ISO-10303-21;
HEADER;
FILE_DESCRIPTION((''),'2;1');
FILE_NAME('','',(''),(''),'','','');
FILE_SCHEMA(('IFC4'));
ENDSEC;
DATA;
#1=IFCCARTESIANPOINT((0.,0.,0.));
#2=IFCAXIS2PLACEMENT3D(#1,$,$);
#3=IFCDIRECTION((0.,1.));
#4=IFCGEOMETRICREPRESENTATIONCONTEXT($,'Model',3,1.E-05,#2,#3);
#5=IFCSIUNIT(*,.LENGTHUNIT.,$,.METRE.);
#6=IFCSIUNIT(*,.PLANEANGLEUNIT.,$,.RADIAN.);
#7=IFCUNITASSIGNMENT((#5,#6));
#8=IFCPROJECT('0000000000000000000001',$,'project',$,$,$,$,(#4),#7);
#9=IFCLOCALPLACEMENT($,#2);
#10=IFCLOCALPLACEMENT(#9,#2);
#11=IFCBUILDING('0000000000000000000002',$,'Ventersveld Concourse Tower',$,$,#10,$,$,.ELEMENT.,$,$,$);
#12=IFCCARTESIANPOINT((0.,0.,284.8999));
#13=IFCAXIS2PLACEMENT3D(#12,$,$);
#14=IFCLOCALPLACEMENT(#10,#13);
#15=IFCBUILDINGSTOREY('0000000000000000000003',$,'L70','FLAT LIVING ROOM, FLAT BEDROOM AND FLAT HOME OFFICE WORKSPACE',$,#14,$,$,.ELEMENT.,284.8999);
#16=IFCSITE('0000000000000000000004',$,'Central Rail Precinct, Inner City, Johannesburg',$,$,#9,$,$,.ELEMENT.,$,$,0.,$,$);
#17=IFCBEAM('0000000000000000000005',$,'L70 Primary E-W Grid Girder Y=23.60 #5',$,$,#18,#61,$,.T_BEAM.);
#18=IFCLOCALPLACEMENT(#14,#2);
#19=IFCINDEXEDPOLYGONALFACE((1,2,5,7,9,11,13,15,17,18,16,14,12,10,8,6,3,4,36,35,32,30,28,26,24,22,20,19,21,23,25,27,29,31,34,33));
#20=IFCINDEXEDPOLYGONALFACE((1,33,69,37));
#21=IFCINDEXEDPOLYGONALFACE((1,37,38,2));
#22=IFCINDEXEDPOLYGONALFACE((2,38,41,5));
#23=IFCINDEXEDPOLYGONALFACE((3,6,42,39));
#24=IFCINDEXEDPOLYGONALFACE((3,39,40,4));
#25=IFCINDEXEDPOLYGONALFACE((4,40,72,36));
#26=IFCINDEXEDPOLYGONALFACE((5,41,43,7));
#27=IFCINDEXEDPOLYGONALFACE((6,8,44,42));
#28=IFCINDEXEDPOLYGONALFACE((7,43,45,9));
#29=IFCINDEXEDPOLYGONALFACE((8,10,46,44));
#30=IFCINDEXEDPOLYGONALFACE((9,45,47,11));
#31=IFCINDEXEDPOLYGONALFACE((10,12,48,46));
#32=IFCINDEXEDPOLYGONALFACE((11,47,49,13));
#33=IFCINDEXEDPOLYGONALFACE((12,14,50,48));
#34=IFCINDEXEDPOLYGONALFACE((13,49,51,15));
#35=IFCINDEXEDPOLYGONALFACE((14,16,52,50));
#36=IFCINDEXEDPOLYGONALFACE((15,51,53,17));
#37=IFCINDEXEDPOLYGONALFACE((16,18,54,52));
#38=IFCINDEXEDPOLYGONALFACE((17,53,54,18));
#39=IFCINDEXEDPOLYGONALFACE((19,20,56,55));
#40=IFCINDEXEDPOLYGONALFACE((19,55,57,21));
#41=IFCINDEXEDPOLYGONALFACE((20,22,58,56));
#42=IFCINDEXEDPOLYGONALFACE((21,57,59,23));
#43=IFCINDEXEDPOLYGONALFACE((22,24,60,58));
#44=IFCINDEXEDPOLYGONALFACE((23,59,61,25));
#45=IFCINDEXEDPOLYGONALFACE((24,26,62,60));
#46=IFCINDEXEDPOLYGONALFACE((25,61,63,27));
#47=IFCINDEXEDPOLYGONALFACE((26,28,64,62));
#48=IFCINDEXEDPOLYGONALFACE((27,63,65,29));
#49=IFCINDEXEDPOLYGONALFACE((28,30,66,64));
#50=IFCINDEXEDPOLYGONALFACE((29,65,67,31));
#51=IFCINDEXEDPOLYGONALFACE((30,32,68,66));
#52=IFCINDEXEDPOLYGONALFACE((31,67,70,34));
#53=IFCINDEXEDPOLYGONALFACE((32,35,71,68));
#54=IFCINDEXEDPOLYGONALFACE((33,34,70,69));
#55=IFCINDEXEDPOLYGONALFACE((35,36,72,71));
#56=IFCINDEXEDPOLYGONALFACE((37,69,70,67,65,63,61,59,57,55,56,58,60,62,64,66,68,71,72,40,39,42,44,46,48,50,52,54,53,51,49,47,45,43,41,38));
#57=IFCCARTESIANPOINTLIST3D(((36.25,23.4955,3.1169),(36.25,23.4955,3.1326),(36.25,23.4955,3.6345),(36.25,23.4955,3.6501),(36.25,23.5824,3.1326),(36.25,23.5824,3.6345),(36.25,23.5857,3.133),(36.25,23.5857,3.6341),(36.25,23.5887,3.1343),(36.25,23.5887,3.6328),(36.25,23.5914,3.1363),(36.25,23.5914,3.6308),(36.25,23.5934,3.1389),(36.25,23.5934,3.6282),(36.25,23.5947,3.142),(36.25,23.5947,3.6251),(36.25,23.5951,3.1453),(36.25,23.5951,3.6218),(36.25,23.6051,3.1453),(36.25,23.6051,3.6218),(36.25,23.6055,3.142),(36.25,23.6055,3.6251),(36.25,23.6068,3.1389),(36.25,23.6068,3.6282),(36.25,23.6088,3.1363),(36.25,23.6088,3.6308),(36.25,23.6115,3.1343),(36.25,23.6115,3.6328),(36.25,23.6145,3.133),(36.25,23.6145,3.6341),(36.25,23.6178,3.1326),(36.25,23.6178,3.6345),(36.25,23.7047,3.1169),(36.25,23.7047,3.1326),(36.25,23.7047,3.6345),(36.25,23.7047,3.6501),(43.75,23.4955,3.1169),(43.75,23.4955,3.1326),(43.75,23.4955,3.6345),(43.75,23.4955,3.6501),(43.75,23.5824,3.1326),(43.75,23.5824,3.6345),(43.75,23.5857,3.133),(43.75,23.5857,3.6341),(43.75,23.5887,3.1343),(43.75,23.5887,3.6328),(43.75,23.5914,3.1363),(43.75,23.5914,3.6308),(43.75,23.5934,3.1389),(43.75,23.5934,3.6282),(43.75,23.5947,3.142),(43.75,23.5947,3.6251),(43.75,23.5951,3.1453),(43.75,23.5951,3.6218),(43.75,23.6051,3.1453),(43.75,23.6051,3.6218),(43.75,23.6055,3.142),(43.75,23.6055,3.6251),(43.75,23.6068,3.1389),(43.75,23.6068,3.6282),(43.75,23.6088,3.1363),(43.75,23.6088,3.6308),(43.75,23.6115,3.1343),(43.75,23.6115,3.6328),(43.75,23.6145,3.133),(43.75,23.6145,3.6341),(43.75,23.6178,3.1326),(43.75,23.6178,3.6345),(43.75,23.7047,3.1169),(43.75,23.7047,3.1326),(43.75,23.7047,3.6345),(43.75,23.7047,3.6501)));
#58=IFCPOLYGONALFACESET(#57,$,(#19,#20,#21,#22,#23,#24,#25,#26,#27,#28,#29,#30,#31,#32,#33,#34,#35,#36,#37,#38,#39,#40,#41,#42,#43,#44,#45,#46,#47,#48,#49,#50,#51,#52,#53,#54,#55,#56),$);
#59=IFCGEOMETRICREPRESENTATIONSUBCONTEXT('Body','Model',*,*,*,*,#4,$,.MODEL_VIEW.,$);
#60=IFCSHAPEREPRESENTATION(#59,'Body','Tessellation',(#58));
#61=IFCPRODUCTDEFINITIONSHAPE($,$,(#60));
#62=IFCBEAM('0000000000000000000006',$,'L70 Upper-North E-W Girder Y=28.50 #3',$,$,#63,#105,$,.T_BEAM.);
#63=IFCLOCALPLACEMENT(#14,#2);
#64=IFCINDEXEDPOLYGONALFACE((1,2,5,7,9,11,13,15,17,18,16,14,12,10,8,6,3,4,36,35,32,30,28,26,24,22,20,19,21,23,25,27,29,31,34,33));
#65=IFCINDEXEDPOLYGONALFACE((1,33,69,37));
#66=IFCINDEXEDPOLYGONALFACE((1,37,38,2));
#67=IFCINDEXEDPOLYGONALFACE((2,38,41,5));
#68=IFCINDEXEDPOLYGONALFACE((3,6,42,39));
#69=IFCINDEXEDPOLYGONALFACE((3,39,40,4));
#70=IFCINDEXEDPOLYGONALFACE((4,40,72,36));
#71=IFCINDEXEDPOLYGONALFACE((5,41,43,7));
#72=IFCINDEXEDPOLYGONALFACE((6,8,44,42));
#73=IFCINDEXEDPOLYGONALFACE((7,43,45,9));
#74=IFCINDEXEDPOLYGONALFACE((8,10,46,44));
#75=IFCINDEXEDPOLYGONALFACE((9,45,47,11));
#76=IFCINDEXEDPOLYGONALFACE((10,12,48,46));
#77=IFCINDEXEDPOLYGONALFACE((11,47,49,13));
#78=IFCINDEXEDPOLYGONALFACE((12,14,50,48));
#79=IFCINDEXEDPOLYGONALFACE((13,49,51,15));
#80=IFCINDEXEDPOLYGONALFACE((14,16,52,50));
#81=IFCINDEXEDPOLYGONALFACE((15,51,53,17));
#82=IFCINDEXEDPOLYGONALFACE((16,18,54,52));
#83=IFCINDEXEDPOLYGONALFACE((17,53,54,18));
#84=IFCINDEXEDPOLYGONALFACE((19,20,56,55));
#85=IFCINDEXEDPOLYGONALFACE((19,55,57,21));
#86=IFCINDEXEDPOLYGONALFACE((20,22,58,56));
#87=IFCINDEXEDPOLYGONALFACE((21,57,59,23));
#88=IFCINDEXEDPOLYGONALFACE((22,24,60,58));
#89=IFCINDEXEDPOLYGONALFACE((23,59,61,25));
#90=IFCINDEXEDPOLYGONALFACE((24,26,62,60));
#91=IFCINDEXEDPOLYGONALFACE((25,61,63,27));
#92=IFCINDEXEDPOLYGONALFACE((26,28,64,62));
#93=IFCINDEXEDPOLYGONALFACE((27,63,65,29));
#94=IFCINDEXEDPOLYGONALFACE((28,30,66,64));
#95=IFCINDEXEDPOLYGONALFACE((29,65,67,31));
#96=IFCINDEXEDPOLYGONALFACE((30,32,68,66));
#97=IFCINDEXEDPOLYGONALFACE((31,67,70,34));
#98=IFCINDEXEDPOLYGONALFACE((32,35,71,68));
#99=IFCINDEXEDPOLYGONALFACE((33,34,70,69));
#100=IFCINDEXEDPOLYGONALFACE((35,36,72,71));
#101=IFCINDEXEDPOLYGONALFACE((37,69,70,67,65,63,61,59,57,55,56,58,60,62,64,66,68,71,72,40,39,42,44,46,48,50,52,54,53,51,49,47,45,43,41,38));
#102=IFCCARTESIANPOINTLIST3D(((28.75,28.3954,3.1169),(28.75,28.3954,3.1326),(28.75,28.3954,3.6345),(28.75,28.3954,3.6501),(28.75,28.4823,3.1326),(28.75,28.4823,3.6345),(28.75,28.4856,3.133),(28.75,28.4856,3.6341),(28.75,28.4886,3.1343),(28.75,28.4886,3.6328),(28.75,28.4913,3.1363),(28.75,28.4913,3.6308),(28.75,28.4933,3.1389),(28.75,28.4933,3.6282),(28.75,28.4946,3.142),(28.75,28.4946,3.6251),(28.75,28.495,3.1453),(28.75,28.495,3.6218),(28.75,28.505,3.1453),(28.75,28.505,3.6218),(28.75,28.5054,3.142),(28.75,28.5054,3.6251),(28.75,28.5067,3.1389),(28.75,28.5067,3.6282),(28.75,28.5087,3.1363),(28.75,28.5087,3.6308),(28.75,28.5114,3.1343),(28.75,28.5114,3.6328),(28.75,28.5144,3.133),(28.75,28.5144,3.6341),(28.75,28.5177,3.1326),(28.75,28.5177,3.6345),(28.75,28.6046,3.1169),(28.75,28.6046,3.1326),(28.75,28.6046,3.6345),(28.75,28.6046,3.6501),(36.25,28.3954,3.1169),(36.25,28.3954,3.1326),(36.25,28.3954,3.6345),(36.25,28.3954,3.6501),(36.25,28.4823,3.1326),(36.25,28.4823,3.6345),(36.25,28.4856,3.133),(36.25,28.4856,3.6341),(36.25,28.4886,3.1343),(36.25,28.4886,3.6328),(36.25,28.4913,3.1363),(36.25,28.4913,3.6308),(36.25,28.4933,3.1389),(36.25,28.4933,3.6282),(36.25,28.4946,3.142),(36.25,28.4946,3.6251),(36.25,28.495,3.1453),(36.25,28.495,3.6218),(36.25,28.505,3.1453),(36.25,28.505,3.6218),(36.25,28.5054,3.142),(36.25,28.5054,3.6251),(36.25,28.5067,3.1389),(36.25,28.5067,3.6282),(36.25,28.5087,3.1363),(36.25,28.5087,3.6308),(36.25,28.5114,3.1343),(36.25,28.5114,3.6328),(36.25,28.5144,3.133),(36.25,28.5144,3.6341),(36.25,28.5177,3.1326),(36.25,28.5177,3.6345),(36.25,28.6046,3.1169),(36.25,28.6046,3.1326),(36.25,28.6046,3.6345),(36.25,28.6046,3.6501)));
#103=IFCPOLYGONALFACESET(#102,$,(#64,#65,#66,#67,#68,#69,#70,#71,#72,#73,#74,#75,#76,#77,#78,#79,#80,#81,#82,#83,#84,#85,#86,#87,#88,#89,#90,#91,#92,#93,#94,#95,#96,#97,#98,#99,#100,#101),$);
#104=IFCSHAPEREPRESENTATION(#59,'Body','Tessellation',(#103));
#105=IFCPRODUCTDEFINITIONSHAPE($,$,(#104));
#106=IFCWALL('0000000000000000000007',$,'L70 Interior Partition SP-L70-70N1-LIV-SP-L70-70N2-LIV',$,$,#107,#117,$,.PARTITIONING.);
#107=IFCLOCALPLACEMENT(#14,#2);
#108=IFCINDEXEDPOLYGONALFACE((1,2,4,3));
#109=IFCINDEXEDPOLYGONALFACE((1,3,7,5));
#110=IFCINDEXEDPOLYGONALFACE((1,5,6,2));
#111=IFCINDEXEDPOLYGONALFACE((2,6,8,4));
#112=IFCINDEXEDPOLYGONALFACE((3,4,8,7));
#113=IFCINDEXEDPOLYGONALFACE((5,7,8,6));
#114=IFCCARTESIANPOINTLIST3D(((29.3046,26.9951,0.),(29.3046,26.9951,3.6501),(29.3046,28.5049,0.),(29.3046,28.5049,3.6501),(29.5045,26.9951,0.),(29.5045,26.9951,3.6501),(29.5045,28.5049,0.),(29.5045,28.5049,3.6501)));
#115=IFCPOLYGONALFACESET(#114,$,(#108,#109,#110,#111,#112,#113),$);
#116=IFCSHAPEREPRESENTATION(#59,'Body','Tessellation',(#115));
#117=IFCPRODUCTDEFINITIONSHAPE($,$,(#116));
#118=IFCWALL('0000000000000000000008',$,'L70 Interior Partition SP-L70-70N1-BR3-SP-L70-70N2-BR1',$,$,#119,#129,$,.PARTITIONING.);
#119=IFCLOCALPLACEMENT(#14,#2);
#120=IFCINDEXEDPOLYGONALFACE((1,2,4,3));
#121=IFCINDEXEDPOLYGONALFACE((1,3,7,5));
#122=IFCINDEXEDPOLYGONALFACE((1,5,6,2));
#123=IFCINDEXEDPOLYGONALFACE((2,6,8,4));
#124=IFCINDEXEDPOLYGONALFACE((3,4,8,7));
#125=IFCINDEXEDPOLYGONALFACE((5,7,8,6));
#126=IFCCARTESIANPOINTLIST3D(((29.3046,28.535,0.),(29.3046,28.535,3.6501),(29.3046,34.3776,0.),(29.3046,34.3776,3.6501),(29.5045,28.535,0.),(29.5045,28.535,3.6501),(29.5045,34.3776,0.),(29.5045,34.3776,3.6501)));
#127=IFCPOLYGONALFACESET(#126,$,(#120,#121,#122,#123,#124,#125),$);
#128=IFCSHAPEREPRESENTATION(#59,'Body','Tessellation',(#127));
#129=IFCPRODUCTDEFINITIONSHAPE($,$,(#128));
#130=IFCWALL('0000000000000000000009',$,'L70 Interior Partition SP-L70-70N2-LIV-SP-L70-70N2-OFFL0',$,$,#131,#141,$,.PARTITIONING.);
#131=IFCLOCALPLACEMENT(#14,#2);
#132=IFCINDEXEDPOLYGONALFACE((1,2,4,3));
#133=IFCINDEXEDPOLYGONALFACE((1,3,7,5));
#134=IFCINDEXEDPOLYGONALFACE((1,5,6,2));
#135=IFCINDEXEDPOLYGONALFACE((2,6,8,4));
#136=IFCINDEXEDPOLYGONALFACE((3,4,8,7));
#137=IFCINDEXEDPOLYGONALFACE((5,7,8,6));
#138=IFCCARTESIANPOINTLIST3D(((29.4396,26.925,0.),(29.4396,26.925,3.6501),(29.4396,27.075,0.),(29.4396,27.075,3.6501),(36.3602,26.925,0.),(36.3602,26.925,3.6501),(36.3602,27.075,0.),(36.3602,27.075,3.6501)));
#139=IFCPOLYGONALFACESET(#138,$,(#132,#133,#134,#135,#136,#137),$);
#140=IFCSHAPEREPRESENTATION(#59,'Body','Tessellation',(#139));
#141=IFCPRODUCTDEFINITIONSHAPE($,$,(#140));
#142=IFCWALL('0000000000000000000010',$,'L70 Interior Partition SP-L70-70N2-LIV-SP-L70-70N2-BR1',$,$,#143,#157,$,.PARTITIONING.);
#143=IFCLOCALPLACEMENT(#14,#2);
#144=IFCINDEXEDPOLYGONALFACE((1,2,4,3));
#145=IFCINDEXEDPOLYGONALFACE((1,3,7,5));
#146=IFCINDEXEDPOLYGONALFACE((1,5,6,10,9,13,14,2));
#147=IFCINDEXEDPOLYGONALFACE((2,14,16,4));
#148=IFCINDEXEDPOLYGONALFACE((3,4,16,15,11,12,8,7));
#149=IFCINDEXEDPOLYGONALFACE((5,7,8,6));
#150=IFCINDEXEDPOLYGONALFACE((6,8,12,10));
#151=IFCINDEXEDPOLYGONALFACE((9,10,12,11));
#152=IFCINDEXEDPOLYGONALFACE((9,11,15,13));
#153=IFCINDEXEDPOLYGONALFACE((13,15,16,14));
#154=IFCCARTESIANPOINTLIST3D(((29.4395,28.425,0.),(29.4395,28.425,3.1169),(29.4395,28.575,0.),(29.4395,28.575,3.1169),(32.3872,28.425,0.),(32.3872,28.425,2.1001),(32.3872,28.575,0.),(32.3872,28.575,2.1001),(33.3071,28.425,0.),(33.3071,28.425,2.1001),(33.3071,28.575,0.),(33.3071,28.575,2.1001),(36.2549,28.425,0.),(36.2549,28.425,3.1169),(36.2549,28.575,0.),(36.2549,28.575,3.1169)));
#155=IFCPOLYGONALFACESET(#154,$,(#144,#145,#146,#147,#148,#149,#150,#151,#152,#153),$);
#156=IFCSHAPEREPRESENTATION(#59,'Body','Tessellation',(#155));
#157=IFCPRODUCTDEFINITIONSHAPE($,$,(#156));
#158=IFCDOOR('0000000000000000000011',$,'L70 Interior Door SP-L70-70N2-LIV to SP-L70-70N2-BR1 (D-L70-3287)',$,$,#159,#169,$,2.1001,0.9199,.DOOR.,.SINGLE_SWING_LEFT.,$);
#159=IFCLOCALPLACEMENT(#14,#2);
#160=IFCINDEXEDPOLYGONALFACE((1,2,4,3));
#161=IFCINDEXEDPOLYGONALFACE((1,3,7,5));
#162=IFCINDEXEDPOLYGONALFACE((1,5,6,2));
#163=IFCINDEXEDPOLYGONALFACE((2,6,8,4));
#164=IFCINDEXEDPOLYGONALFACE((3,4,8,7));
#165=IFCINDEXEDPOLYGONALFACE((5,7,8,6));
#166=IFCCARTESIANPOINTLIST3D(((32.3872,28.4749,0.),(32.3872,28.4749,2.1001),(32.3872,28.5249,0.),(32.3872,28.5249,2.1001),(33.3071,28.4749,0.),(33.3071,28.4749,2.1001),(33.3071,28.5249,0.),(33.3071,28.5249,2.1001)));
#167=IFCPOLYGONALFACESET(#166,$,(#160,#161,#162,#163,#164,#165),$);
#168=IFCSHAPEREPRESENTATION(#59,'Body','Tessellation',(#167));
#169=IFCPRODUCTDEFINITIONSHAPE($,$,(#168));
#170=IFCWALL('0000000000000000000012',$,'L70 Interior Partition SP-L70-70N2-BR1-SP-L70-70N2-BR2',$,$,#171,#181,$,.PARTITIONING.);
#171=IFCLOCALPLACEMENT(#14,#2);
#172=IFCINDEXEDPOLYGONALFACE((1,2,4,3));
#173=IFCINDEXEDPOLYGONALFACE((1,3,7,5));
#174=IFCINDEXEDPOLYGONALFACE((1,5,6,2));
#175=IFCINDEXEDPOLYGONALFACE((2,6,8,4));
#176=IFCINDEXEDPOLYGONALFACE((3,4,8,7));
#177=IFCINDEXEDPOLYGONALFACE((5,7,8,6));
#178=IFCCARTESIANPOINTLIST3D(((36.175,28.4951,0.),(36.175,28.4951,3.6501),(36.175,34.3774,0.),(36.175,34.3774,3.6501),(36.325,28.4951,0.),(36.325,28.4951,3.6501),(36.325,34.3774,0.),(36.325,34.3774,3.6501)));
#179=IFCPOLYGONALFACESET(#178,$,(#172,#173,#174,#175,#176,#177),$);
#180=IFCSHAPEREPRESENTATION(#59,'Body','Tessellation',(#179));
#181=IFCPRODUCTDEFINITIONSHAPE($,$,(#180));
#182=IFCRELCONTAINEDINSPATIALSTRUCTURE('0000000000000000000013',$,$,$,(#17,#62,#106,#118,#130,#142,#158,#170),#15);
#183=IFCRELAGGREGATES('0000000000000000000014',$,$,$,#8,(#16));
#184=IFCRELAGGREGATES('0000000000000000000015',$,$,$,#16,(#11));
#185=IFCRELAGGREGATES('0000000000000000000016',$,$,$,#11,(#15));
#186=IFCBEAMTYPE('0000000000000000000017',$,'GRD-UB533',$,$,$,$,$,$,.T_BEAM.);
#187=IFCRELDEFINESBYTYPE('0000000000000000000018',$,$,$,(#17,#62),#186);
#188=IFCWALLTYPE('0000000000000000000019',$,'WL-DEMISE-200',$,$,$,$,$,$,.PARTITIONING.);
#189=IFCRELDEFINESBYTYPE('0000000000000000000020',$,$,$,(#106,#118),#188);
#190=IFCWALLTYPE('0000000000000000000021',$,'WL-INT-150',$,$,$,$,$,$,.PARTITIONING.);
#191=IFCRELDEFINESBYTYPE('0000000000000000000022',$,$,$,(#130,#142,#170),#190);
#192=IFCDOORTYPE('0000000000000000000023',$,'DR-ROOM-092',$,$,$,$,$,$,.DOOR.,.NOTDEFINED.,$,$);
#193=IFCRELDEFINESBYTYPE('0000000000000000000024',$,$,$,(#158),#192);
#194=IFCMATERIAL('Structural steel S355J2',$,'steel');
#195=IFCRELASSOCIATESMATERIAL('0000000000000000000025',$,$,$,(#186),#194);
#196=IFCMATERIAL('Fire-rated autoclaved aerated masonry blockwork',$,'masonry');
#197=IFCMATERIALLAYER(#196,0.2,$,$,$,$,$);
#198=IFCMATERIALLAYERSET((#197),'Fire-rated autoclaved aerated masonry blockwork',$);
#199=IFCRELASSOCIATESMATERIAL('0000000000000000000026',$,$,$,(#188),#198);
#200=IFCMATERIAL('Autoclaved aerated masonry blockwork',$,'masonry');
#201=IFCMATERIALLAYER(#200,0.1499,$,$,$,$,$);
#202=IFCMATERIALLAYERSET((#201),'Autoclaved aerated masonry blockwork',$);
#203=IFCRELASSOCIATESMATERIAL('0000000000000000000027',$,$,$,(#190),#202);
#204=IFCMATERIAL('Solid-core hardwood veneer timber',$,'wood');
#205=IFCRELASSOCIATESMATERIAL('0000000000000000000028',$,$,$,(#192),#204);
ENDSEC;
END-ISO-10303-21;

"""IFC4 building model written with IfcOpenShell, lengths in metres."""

from ifc_helpers import new_model, si_unit, direction, frame, frame_2d, origin, origin_2d, place, context, subcontext, project, spatial, rectangle, i_section, extrude, material, layer, layer_set, material_profile, profile_set, type_object, element, fill, save


model = new_model("IFC4")

# Units and contexts
model_context = context("Model", 3, precision=1e-05, world=origin(), true_north=direction((0.0, 1.0)))
body_context = subcontext(model_context, "Body", "Model", "MODEL_VIEW")
ifc_project = project(units=[si_unit("LENGTHUNIT", "METRE"), si_unit("PLANEANGLEUNIT", "RADIAN")], contexts=[model_context])

# Site, building, storey
site_placement = place(None, origin())
site = spatial("IfcSite", under=ifc_project, at=site_placement, Name="Central Rail Precinct, Inner City, Johannesburg", CompositionType="ELEMENT", RefElevation=0.0)
building_placement = place(site_placement, origin())
building = spatial("IfcBuilding", under=site, at=building_placement, Name="Ventersveld Concourse Tower", CompositionType="ELEMENT")
storey_placement = place(building_placement, frame((0.0, 0.0, 284.8999)))
storey = spatial("IfcBuildingStorey", under=building, at=storey_placement, Name="L70", Description="FLAT LIVING ROOM, FLAT BEDROOM AND FLAT HOME OFFICE WORKSPACE", CompositionType="ELEMENT", Elevation=284.8999)

# Beams
ifc_material_1 = material(Name="Structural steel S355J2", Category="steel")
ifc_material_profile_1 = material_profile(ifc_material_1, i_section(OverallWidth=0.2092, OverallDepth=0.5332, WebThickness=0.01, FlangeThickness=0.0156, FilletRadius=0.0127, at=origin_2d()), Name="UB 533x210x92")
ifc_profile_set_1 = profile_set([ifc_material_profile_1], Name="Structural steel S355J2")
beam_type_1 = type_object("IfcBeamType", Name="GRD-UB533", PredefinedType="T_BEAM", material=ifc_profile_set_1)
for number, where, z_axis, x_axis, name in (
    (1, (36.25, 23.6001, 3.3835), (1.0, 0.0, 0.0), (0.0, 1.0, 0.0), "L70 Primary E-W Grid Girder Y=23.60 #5"),
    (2, (28.75, 28.5, 3.3835), (1.0, 0.0, 0.0), (0.0, 1.0, 0.0), "L70 Upper-North E-W Girder Y=28.50 #3"),
):
    element("IfcBeam", number, at=place(storey_placement, frame(where, z_axis=z_axis, x_axis=x_axis)), inside=storey, type_object=beam_type_1, Name=name, PredefinedType="T_BEAM", context=body_context, shape_type="SweptSolid", body=[
        extrude(i_section(OverallWidth=0.2092, OverallDepth=0.5332, WebThickness=0.01, FlangeThickness=0.0156, FilletRadius=0.0127, at=origin_2d()), origin(), (0.0, 0.0, 1.0), 7.5),
    ])

# Walls
ifc_material_2 = material(Name="Fire-rated autoclaved aerated masonry blockwork", Category="masonry")
ifc_layer_1 = layer(ifc_material_2, 0.2)
ifc_layer_set_1 = layer_set([ifc_layer_1], Name="Fire-rated autoclaved aerated masonry blockwork")
wall_type_1 = type_object("IfcWallType", Name="WL-DEMISE-200", PredefinedType="PARTITIONING", material=ifc_layer_set_1)
wall_1_placement = place(storey_placement, frame((29.4045, 26.9951, 0.0), z_axis=(0.0, 0.0, 1.0), x_axis=(0.0, 1.0, 0.0)))
element("IfcWall", 3, at=wall_1_placement, inside=storey, type_object=wall_type_1, Name="L70 Interior Partition SP-L70-70N1-LIV-SP-L70-70N2-LIV", PredefinedType="PARTITIONING", context=body_context, shape_type="SweptSolid", body=[
    extrude(rectangle(XDim=1.5098, YDim=0.2, at=frame_2d((0.7549, 0.0))), origin(), (0.0, 0.0, 1.0), 3.6501),
])
wall_2_placement = place(storey_placement, frame((29.4045, 28.5349, 0.0), z_axis=(0.0, 0.0, 1.0), x_axis=(0.0, 1.0, 0.0)))
element("IfcWall", 4, at=wall_2_placement, inside=storey, type_object=wall_type_1, Name="L70 Interior Partition SP-L70-70N1-BR3-SP-L70-70N2-BR1", PredefinedType="PARTITIONING", context=body_context, shape_type="SweptSolid", body=[
    extrude(rectangle(XDim=5.8425, YDim=0.2, at=frame_2d((2.9214, 0.0))), origin(), (0.0, 0.0, 1.0), 3.6501),
])
ifc_material_3 = material(Name="Autoclaved aerated masonry blockwork", Category="masonry")
ifc_layer_2 = layer(ifc_material_3, 0.1499)
ifc_layer_set_2 = layer_set([ifc_layer_2], Name="Autoclaved aerated masonry blockwork")
wall_type_2 = type_object("IfcWallType", Name="WL-INT-150", PredefinedType="PARTITIONING", material=ifc_layer_set_2)
wall_3_placement = place(storey_placement, frame((29.4395, 27.0, 0.0), z_axis=(0.0, 0.0, 1.0), x_axis=(1.0, 0.0, 0.0)))
element("IfcWall", 5, at=wall_3_placement, inside=storey, type_object=wall_type_2, Name="L70 Interior Partition SP-L70-70N2-LIV-SP-L70-70N2-OFFL0", PredefinedType="PARTITIONING", context=body_context, shape_type="SweptSolid", body=[
    extrude(rectangle(XDim=6.9207, YDim=0.1499, at=frame_2d((3.4604, 0.0))), origin(), (0.0, 0.0, 1.0), 3.6501),
])

# Wall, opening, door
wall_4_placement = place(storey_placement, frame((29.4395, 28.5, 0.0), z_axis=(0.0, 0.0, 1.0), x_axis=(1.0, 0.0, 0.0)))
wall_4 = element("IfcWall", 6, at=wall_4_placement, inside=storey, type_object=wall_type_2, Name="L70 Interior Partition SP-L70-70N2-LIV-SP-L70-70N2-BR1", PredefinedType="PARTITIONING", context=body_context, shape_type="SweptSolid", body=[
    extrude(rectangle(XDim=6.8154, YDim=0.1499, at=frame_2d((3.4077, 0.0))), origin(), (0.0, 0.0, 1.0), 3.1169),
])
opening_placement = place(wall_4_placement, frame((2.9478, 0.0, 0.0)))
opening = element("IfcOpeningElement", 7, at=opening_placement, cuts=wall_4, PredefinedType="OPENING", context=body_context, shape_type="SweptSolid", body=[
    extrude(rectangle(XDim=0.9199, YDim=2.1001, at=frame_2d((0.46, 1.05))), frame((0.0, 0.085, 0.0), z_axis=(0.0, -1.0, 0.0), x_axis=(1.0, 0.0, 0.0)), (0.0, 0.0, 1.0), 0.1699),
])
ifc_material_4 = material(Name="Solid-core hardwood veneer timber", Category="wood")
door_type = type_object("IfcDoorType", Name="DR-ROOM-092", OperationType="NOTDEFINED", PredefinedType="DOOR", material=ifc_material_4)
door_placement = place(opening_placement, origin())
door = element("IfcDoor", 8, at=door_placement, inside=storey, type_object=door_type, Name="L70 Interior Door SP-L70-70N2-LIV to SP-L70-70N2-BR1 (D-L70-3287)", OperationType="SINGLE_SWING_LEFT", OverallHeight=2.1001, OverallWidth=0.9199, PredefinedType="DOOR", context=body_context, shape_type="SweptSolid", body=[
    extrude(rectangle(XDim=0.9199, YDim=2.1001, at=frame_2d((0.46, 1.05))), frame((0.0, 0.0249, 0.0), z_axis=(0.0, -1.0, 0.0), x_axis=(1.0, 0.0, 0.0)), (0.0, 0.0, 1.0), 0.05),
])
fill(opening, door)

# Wall
wall_5_placement = place(storey_placement, frame((36.25, 28.4951, 0.0), z_axis=(0.0, 0.0, 1.0), x_axis=(0.0, 1.0, 0.0)))
element("IfcWall", 9, at=wall_5_placement, inside=storey, type_object=wall_type_2, Name="L70 Interior Partition SP-L70-70N2-BR1-SP-L70-70N2-BR2", PredefinedType="PARTITIONING", context=body_context, shape_type="SweptSolid", body=[
    extrude(rectangle(XDim=5.8823, YDim=0.1499, at=frame_2d((2.9412, 0.0))), origin(), (0.0, 0.0, 1.0), 3.6501),
])

save(model, "model.ifc")
